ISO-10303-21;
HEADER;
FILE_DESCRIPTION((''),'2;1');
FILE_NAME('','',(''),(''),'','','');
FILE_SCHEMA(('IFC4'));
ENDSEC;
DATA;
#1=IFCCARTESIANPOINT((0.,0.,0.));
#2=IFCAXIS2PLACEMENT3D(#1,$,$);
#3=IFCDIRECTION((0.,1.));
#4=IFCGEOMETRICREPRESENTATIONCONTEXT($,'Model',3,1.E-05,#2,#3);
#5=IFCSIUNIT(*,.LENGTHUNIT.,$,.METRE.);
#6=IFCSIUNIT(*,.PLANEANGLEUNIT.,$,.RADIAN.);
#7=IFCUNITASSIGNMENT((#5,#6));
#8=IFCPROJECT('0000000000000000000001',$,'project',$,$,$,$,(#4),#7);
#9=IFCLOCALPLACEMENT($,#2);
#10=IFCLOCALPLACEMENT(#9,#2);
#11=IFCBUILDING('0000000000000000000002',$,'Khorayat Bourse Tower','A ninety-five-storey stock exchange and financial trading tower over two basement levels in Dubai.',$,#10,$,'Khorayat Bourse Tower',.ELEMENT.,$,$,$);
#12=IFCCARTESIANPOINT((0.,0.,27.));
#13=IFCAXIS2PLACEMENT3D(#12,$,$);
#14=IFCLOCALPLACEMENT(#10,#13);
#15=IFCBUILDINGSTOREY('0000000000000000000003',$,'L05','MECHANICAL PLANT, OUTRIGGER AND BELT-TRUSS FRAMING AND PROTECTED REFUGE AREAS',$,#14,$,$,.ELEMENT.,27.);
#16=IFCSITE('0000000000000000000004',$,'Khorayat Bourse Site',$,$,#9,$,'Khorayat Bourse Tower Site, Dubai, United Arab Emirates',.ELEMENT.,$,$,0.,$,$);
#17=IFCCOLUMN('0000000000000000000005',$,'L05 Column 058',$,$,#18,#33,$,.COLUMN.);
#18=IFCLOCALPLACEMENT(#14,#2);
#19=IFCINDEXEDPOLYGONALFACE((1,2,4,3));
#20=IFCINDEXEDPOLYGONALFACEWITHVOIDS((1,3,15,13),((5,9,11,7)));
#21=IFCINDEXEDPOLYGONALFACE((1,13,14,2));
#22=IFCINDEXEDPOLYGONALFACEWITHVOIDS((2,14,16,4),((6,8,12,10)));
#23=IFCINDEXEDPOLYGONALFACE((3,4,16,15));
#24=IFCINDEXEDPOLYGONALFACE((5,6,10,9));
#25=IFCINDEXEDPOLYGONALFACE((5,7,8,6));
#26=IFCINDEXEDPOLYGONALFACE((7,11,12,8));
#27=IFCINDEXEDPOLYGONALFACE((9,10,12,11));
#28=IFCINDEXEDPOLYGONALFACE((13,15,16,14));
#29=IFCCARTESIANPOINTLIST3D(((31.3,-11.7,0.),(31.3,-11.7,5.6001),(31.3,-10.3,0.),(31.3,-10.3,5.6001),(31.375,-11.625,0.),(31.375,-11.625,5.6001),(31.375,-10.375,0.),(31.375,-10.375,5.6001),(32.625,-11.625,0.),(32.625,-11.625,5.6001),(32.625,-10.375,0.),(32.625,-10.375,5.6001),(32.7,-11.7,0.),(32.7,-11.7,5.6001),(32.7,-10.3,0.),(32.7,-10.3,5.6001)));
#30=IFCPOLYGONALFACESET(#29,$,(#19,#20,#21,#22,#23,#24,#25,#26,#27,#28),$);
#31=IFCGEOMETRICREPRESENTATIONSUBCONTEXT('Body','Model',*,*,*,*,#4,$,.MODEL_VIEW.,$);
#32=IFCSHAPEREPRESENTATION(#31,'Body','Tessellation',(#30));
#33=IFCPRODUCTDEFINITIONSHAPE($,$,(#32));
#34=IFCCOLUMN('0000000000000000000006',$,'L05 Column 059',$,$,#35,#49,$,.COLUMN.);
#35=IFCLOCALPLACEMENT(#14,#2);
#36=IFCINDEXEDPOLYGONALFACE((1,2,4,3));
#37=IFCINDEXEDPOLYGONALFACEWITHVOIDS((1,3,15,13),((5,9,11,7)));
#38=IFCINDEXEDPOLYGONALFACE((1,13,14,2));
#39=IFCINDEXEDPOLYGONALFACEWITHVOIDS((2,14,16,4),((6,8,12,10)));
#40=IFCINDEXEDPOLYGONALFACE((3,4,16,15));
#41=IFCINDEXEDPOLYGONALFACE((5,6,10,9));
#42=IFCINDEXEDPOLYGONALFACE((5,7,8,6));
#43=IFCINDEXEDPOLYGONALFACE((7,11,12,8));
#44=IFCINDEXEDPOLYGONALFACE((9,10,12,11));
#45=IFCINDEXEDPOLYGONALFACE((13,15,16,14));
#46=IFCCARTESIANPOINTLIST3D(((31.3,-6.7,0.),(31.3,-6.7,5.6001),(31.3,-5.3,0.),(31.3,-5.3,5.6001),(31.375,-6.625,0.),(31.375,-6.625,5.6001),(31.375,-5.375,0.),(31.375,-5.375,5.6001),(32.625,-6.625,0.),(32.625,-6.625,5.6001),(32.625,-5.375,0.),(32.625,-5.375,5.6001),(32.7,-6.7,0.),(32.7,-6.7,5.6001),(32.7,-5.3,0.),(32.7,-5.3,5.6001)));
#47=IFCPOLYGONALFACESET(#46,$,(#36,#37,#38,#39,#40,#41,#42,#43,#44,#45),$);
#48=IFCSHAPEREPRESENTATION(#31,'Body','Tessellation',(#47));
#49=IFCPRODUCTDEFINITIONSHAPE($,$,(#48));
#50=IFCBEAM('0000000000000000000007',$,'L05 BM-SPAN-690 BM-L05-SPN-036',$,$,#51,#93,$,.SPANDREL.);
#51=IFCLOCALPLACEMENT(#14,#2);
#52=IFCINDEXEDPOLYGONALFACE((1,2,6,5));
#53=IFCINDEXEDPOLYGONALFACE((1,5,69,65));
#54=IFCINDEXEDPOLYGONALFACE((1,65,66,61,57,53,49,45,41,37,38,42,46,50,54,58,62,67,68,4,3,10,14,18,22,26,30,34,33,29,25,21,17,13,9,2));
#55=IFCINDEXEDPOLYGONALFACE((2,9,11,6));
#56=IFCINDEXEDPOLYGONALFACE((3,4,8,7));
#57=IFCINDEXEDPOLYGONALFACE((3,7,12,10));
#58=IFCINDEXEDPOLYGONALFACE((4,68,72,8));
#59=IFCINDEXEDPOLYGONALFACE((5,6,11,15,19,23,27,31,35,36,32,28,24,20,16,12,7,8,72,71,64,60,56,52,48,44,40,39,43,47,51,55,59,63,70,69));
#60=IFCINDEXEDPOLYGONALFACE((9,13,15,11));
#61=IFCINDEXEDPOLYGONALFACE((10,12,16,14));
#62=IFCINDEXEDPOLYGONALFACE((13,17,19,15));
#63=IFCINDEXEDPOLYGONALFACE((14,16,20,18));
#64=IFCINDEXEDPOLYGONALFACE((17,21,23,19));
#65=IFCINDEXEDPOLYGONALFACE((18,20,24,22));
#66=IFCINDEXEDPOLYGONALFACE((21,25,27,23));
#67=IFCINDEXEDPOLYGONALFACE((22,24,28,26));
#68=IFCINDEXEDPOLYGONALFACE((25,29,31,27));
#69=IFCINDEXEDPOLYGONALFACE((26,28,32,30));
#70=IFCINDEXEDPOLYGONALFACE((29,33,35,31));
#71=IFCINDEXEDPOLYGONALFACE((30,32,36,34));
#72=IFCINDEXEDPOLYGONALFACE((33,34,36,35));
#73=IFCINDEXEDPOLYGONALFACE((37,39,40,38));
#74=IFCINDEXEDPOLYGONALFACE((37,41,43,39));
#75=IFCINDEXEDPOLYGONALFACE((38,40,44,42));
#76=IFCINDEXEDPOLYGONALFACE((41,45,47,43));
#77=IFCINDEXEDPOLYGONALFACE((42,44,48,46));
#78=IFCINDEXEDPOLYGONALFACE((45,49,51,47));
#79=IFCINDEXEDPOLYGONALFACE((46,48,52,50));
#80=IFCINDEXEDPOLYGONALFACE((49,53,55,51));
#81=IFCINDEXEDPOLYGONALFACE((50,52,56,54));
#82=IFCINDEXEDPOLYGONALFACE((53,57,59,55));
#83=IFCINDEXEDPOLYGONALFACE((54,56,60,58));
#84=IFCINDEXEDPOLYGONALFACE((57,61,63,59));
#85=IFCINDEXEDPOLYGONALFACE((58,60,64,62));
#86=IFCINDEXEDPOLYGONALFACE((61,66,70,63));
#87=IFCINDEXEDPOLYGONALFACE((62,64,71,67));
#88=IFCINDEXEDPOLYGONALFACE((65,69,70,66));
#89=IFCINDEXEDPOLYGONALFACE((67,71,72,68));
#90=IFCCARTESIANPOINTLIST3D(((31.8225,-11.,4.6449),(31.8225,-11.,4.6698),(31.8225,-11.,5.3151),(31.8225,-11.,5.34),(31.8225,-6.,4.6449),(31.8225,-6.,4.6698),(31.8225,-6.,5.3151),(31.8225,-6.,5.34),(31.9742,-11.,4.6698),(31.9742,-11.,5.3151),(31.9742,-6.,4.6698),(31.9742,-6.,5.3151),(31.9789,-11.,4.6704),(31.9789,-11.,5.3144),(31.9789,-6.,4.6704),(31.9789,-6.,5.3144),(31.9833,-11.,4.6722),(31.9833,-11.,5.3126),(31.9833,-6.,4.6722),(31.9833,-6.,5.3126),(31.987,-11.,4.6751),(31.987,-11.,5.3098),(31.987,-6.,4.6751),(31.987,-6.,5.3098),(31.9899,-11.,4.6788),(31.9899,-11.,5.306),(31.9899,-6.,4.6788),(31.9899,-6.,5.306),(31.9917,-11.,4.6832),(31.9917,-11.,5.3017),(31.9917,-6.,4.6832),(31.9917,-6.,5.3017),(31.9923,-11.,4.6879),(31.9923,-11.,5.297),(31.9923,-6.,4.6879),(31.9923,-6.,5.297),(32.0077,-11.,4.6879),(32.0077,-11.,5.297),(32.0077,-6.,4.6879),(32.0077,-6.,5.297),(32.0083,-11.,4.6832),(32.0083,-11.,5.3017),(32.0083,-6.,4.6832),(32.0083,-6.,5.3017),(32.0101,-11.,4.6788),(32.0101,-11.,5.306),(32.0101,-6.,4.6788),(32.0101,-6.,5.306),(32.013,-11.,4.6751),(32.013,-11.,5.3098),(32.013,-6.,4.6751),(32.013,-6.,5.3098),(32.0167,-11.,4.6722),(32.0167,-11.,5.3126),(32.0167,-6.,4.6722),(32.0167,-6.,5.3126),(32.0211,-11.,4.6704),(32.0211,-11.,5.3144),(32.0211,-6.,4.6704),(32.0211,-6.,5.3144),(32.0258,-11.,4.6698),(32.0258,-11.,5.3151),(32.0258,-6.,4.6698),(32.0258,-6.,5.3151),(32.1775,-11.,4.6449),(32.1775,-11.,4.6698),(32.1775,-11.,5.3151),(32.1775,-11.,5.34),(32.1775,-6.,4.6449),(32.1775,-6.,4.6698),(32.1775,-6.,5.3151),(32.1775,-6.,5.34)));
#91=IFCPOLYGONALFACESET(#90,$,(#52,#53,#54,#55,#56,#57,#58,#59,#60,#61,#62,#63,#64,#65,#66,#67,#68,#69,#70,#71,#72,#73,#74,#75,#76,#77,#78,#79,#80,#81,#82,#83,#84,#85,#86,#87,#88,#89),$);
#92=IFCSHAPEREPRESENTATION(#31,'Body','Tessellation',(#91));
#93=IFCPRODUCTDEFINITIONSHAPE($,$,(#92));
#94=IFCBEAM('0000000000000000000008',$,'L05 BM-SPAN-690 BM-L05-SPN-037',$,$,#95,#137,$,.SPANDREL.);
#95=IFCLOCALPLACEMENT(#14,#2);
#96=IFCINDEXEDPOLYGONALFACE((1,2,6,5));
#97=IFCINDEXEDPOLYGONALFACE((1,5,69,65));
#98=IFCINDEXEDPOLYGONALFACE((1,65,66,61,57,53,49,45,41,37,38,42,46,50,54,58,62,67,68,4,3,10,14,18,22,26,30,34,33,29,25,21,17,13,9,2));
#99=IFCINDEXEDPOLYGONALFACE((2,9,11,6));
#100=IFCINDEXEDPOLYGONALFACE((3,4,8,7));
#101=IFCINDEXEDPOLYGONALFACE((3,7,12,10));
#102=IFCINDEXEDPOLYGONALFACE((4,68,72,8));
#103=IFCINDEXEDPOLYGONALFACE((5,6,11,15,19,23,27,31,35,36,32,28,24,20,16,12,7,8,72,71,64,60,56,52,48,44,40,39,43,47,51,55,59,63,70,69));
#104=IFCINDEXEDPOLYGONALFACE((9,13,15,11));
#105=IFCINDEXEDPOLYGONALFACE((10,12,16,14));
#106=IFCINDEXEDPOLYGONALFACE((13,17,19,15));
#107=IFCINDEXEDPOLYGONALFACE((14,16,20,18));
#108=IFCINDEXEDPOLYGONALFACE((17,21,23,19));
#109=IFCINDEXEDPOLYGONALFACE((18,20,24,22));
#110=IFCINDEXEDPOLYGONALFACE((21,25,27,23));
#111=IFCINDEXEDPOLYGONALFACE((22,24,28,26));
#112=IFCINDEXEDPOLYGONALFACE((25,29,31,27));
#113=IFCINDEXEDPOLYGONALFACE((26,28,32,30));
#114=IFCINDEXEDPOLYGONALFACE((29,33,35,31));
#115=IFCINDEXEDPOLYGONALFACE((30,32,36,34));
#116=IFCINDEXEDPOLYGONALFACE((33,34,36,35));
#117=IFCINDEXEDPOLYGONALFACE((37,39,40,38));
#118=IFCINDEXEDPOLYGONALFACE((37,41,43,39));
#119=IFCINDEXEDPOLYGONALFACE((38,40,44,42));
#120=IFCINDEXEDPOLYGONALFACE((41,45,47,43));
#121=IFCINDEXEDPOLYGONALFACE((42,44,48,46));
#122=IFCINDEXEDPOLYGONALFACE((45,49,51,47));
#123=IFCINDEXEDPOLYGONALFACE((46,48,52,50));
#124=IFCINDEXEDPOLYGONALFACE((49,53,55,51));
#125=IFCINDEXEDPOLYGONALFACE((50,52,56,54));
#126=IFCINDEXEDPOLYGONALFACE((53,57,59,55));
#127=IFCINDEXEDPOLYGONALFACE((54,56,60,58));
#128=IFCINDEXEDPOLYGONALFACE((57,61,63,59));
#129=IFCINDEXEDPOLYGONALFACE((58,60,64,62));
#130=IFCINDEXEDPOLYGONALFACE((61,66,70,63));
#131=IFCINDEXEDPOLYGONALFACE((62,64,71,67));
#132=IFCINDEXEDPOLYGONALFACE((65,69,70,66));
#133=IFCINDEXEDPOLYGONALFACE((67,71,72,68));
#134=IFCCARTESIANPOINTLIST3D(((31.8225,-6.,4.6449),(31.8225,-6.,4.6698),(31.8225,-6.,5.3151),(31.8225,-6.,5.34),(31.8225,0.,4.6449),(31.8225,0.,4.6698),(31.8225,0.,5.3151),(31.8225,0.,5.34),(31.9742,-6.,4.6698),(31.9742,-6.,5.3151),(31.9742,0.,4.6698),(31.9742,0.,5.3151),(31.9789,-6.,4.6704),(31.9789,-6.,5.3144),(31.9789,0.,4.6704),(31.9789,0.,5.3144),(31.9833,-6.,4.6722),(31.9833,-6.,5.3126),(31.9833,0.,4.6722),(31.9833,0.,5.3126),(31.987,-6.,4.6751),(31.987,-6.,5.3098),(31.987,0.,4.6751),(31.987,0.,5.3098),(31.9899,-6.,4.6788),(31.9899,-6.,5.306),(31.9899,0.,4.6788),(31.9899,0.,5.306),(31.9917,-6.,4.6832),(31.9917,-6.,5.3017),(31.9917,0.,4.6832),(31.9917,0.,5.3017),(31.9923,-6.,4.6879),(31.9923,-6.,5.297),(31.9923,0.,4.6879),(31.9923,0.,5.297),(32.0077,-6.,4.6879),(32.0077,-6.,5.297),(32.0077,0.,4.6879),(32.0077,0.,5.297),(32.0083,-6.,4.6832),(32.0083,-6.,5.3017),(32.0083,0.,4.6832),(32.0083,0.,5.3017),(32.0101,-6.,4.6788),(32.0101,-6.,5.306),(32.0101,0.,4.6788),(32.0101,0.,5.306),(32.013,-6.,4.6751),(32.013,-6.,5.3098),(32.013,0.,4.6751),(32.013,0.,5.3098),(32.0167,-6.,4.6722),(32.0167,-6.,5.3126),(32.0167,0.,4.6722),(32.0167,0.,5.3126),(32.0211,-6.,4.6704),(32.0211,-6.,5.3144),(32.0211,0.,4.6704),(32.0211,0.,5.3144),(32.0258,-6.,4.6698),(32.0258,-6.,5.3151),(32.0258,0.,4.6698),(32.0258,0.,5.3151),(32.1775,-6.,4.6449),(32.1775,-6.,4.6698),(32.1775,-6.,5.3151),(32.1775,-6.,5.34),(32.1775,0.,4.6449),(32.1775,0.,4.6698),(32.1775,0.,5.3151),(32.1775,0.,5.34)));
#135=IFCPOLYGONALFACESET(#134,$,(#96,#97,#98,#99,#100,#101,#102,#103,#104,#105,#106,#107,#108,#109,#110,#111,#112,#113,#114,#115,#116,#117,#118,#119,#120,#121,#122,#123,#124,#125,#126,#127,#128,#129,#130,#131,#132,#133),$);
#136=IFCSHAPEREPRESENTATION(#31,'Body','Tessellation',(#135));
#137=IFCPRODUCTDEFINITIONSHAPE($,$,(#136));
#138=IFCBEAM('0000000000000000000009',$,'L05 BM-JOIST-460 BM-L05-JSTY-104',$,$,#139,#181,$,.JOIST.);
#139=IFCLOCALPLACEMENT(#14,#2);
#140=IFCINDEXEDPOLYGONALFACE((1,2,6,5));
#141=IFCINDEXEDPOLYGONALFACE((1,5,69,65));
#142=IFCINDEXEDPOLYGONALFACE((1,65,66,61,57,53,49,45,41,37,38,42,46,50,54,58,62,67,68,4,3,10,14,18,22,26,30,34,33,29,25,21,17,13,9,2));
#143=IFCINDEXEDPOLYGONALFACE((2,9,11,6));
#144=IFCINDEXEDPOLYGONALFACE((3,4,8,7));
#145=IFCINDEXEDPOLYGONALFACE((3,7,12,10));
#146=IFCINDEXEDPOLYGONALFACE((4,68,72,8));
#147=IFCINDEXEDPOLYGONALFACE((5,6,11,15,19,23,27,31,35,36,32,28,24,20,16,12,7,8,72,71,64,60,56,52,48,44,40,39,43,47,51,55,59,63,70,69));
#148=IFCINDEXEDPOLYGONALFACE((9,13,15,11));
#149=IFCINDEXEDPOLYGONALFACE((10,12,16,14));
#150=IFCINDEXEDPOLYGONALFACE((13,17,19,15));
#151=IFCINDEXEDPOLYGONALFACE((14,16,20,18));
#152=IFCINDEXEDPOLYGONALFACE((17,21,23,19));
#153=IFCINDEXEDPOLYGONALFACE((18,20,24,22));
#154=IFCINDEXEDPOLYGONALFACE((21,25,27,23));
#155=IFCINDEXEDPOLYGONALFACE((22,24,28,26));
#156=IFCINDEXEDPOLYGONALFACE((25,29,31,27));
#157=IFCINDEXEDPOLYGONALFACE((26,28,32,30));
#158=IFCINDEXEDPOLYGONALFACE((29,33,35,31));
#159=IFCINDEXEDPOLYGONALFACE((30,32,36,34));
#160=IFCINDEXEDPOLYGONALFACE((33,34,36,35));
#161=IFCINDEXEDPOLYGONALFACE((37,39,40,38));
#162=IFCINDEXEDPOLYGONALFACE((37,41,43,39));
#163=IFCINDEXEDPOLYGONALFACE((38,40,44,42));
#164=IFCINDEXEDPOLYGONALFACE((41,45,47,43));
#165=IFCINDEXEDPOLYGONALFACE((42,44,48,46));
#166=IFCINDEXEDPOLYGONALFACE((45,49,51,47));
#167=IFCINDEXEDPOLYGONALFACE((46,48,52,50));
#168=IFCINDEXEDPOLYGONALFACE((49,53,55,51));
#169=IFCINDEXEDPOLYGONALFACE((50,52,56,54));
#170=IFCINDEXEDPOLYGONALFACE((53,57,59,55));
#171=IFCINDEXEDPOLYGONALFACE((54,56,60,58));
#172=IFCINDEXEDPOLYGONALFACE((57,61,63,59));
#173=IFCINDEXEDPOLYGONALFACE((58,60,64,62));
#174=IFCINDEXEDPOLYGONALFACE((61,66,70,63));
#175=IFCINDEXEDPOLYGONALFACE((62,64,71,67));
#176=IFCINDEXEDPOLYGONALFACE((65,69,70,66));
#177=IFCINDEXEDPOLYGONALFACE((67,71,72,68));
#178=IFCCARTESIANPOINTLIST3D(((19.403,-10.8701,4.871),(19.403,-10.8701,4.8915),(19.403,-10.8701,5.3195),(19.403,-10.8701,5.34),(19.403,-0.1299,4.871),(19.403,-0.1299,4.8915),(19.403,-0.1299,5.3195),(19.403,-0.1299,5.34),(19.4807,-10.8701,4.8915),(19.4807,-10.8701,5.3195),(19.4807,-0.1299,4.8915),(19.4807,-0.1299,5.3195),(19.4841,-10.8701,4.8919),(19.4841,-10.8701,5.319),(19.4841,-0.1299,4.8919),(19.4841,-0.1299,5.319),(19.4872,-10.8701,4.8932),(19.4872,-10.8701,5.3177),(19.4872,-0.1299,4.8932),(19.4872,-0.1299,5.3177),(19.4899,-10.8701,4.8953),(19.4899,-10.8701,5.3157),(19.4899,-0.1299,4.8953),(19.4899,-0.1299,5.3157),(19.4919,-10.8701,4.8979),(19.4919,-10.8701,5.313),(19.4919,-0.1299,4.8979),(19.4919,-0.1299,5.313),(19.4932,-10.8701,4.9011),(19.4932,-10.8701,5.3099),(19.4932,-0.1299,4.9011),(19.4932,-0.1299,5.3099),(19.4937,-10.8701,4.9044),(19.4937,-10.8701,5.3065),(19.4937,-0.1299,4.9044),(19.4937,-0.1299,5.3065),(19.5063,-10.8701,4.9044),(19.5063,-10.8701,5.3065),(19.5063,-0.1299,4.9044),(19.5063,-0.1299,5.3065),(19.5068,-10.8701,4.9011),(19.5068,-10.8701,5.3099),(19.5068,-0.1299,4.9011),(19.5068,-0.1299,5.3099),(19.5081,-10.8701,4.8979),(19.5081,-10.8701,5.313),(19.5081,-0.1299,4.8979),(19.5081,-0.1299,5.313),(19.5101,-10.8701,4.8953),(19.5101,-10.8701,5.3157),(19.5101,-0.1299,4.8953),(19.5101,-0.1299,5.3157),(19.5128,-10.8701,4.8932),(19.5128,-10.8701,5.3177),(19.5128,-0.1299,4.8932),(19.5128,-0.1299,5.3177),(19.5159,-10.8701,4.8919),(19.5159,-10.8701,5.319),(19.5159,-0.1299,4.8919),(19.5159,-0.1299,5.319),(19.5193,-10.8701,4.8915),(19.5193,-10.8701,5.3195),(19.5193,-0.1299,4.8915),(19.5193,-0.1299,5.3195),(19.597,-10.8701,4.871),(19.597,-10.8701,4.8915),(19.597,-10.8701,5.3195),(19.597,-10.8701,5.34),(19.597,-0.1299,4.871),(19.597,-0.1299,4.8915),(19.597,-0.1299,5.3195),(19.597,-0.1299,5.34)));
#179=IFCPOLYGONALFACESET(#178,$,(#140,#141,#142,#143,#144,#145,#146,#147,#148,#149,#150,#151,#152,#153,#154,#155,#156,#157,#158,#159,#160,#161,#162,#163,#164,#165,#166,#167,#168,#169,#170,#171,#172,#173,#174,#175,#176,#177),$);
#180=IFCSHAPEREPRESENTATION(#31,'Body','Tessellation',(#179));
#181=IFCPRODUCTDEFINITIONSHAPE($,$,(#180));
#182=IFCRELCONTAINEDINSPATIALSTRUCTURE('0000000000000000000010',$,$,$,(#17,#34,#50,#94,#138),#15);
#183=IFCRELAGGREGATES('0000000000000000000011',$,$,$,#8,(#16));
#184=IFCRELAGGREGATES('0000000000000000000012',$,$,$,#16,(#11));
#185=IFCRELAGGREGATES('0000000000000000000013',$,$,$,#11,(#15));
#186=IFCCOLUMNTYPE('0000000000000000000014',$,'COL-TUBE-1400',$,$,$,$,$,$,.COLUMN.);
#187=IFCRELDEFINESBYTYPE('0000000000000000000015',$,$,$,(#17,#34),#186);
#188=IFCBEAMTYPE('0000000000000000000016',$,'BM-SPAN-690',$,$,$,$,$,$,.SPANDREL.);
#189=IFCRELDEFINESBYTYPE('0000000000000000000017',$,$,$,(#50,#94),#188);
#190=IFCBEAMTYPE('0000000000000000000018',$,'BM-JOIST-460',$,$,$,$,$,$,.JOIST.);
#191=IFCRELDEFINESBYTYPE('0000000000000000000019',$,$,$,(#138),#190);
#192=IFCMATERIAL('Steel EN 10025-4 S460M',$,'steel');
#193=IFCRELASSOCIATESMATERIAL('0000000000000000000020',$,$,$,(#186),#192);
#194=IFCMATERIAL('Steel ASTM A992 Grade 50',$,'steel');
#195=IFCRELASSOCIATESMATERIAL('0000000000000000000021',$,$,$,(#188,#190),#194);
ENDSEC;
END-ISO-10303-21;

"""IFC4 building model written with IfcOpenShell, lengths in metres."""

from ifc_helpers import new_model, si_unit, direction, frame, origin, origin_2d, place, context, subcontext, project, spatial, hollow_rectangle, i_section, extrude, source, transform, mapped, material, material_profile, profile_set, type_object, element, save


model = new_model("IFC4")

# Units and contexts
model_context = context("Model", 3, precision=1e-05, world=origin(), true_north=direction((0.0, 1.0)))
body_context = subcontext(model_context, "Body", "Model", "MODEL_VIEW")
ifc_project = project(units=[si_unit("LENGTHUNIT", "METRE"), si_unit("PLANEANGLEUNIT", "RADIAN")], contexts=[model_context])

# Site, building, storey
site_placement = place(None, origin())
site = spatial("IfcSite", under=ifc_project, at=site_placement, Name="Khorayat Bourse Site", LongName="Khorayat Bourse Tower Site, Dubai, United Arab Emirates", CompositionType="ELEMENT", RefElevation=0.0)
building_placement = place(site_placement, origin())
building = spatial("IfcBuilding", under=site, at=building_placement, Name="Khorayat Bourse Tower", Description="A ninety-five-storey stock exchange and financial trading tower over two basement levels in Dubai.", LongName="Khorayat Bourse Tower", CompositionType="ELEMENT")
storey_placement = place(building_placement, frame((0.0, 0.0, 27.0)))
storey = spatial("IfcBuildingStorey", under=building, at=storey_placement, Name="L05", Description="MECHANICAL PLANT, OUTRIGGER AND BELT-TRUSS FRAMING AND PROTECTED REFUGE AREAS", CompositionType="ELEMENT", Elevation=27.0)

# Columns
ifc_material_1 = material(Name="Steel EN 10025-4 S460M", Category="steel")
ifc_material_profile_1 = material_profile(ifc_material_1, hollow_rectangle(XDim=1.3999, YDim=1.3999, WallThickness=0.075, at=origin_2d()), Name="BOX 1400x1400x75")
ifc_profile_set_1 = profile_set([ifc_material_profile_1], Name="Steel EN 10025-4 S460M")
column_type = type_object("IfcColumnType", Name="COL-TUBE-1400", PredefinedType="COLUMN", material=ifc_profile_set_1)
shared_shape_1 = source(origin(), body_context, "Body", "SweptSolid", [
    extrude(hollow_rectangle(XDim=1.3999, YDim=1.3999, WallThickness=0.075, at=origin_2d()), origin(), (0.0, 0.0, 1.0), 5.6001),
])
for number, where, z_axis, x_axis, name in (
    (1, (32.0, -11.0, 0.0), (0.0, 0.0, 1.0), (1.0, 0.0, 0.0), "L05 Column 058"),
    (2, (32.0, -6.0, 0.0), (0.0, 0.0, 1.0), (1.0, 0.0, 0.0), "L05 Column 059"),
):
    element("IfcColumn", number, at=place(storey_placement, frame(where, z_axis=z_axis, x_axis=x_axis)), inside=storey, type_object=column_type, Name=name, PredefinedType="COLUMN", context=body_context, shape_type="MappedRepresentation", body=[
        mapped(shared_shape_1, transform((0.0, 0.0, 0.0), scale=1.0)),
    ])

# Beams
ifc_material_2 = material(Name="Steel ASTM A992 Grade 50", Category="steel")
ifc_material_profile_2 = material_profile(ifc_material_2, i_section(OverallWidth=0.355, OverallDepth=0.6951, WebThickness=0.0154, FlangeThickness=0.0249, FilletRadius=0.0181, at=origin_2d()), Name="W690X217")
ifc_profile_set_2 = profile_set([ifc_material_profile_2], Name="Steel ASTM A992 Grade 50")
beam_type_1 = type_object("IfcBeamType", Name="BM-SPAN-690", PredefinedType="SPANDREL", material=ifc_profile_set_2)
shared_shape_2 = source(origin(), body_context, "Body", "SweptSolid", [
    extrude(i_section(OverallWidth=0.355, OverallDepth=0.6951, WebThickness=0.0154, FlangeThickness=0.0249, FilletRadius=0.0181, at=origin_2d()), origin(), (0.0, 0.0, 1.0), 5.0),
])
beam_1_placement = place(storey_placement, frame((32.0, -11.0, 4.9924), z_axis=(0.0, 1.0, 0.0), x_axis=(-1.0, 0.0, 0.0)))
element("IfcBeam", 3, at=beam_1_placement, inside=storey, type_object=beam_type_1, Name="L05 BM-SPAN-690 BM-L05-SPN-036", PredefinedType="SPANDREL", context=body_context, shape_type="MappedRepresentation", body=[
    mapped(shared_shape_2, transform((0.0, 0.0, 0.0), scale=1.0)),
])
shared_shape_3 = source(origin(), body_context, "Body", "SweptSolid", [
    extrude(i_section(OverallWidth=0.355, OverallDepth=0.6951, WebThickness=0.0154, FlangeThickness=0.0249, FilletRadius=0.0181, at=origin_2d()), origin(), (0.0, 0.0, 1.0), 6.0),
])
beam_2_placement = place(storey_placement, frame((32.0, -6.0, 4.9924), z_axis=(0.0, 1.0, 0.0), x_axis=(-1.0, 0.0, 0.0)))
element("IfcBeam", 4, at=beam_2_placement, inside=storey, type_object=beam_type_1, Name="L05 BM-SPAN-690 BM-L05-SPN-037", PredefinedType="SPANDREL", context=body_context, shape_type="MappedRepresentation", body=[
    mapped(shared_shape_3, transform((0.0, 0.0, 0.0), scale=1.0)),
])
ifc_material_profile_3 = material_profile(ifc_material_2, i_section(OverallWidth=0.1941, OverallDepth=0.469, WebThickness=0.0127, FlangeThickness=0.0205, FilletRadius=0.0129, at=origin_2d()), Name="W460X106")
ifc_profile_set_3 = profile_set([ifc_material_profile_3], Name="Steel ASTM A992 Grade 50")
beam_type_2 = type_object("IfcBeamType", Name="BM-JOIST-460", PredefinedType="JOIST", material=ifc_profile_set_3)
shared_shape_4 = source(origin(), body_context, "Body", "SweptSolid", [
    extrude(i_section(OverallWidth=0.1941, OverallDepth=0.469, WebThickness=0.0127, FlangeThickness=0.0205, FilletRadius=0.0129, at=origin_2d()), origin(), (0.0, 0.0, 1.0), 10.7402),
])
beam_3_placement = place(storey_placement, frame((19.5, -10.8701, 5.1055), z_axis=(0.0, 1.0, 0.0), x_axis=(-1.0, 0.0, 0.0)))
element("IfcBeam", 5, at=beam_3_placement, inside=storey, type_object=beam_type_2, Name="L05 BM-JOIST-460 BM-L05-JSTY-104", PredefinedType="JOIST", context=body_context, shape_type="MappedRepresentation", body=[
    mapped(shared_shape_4, transform((0.0, 0.0, 0.0), scale=1.0)),
])

save(model, "model.ifc")
